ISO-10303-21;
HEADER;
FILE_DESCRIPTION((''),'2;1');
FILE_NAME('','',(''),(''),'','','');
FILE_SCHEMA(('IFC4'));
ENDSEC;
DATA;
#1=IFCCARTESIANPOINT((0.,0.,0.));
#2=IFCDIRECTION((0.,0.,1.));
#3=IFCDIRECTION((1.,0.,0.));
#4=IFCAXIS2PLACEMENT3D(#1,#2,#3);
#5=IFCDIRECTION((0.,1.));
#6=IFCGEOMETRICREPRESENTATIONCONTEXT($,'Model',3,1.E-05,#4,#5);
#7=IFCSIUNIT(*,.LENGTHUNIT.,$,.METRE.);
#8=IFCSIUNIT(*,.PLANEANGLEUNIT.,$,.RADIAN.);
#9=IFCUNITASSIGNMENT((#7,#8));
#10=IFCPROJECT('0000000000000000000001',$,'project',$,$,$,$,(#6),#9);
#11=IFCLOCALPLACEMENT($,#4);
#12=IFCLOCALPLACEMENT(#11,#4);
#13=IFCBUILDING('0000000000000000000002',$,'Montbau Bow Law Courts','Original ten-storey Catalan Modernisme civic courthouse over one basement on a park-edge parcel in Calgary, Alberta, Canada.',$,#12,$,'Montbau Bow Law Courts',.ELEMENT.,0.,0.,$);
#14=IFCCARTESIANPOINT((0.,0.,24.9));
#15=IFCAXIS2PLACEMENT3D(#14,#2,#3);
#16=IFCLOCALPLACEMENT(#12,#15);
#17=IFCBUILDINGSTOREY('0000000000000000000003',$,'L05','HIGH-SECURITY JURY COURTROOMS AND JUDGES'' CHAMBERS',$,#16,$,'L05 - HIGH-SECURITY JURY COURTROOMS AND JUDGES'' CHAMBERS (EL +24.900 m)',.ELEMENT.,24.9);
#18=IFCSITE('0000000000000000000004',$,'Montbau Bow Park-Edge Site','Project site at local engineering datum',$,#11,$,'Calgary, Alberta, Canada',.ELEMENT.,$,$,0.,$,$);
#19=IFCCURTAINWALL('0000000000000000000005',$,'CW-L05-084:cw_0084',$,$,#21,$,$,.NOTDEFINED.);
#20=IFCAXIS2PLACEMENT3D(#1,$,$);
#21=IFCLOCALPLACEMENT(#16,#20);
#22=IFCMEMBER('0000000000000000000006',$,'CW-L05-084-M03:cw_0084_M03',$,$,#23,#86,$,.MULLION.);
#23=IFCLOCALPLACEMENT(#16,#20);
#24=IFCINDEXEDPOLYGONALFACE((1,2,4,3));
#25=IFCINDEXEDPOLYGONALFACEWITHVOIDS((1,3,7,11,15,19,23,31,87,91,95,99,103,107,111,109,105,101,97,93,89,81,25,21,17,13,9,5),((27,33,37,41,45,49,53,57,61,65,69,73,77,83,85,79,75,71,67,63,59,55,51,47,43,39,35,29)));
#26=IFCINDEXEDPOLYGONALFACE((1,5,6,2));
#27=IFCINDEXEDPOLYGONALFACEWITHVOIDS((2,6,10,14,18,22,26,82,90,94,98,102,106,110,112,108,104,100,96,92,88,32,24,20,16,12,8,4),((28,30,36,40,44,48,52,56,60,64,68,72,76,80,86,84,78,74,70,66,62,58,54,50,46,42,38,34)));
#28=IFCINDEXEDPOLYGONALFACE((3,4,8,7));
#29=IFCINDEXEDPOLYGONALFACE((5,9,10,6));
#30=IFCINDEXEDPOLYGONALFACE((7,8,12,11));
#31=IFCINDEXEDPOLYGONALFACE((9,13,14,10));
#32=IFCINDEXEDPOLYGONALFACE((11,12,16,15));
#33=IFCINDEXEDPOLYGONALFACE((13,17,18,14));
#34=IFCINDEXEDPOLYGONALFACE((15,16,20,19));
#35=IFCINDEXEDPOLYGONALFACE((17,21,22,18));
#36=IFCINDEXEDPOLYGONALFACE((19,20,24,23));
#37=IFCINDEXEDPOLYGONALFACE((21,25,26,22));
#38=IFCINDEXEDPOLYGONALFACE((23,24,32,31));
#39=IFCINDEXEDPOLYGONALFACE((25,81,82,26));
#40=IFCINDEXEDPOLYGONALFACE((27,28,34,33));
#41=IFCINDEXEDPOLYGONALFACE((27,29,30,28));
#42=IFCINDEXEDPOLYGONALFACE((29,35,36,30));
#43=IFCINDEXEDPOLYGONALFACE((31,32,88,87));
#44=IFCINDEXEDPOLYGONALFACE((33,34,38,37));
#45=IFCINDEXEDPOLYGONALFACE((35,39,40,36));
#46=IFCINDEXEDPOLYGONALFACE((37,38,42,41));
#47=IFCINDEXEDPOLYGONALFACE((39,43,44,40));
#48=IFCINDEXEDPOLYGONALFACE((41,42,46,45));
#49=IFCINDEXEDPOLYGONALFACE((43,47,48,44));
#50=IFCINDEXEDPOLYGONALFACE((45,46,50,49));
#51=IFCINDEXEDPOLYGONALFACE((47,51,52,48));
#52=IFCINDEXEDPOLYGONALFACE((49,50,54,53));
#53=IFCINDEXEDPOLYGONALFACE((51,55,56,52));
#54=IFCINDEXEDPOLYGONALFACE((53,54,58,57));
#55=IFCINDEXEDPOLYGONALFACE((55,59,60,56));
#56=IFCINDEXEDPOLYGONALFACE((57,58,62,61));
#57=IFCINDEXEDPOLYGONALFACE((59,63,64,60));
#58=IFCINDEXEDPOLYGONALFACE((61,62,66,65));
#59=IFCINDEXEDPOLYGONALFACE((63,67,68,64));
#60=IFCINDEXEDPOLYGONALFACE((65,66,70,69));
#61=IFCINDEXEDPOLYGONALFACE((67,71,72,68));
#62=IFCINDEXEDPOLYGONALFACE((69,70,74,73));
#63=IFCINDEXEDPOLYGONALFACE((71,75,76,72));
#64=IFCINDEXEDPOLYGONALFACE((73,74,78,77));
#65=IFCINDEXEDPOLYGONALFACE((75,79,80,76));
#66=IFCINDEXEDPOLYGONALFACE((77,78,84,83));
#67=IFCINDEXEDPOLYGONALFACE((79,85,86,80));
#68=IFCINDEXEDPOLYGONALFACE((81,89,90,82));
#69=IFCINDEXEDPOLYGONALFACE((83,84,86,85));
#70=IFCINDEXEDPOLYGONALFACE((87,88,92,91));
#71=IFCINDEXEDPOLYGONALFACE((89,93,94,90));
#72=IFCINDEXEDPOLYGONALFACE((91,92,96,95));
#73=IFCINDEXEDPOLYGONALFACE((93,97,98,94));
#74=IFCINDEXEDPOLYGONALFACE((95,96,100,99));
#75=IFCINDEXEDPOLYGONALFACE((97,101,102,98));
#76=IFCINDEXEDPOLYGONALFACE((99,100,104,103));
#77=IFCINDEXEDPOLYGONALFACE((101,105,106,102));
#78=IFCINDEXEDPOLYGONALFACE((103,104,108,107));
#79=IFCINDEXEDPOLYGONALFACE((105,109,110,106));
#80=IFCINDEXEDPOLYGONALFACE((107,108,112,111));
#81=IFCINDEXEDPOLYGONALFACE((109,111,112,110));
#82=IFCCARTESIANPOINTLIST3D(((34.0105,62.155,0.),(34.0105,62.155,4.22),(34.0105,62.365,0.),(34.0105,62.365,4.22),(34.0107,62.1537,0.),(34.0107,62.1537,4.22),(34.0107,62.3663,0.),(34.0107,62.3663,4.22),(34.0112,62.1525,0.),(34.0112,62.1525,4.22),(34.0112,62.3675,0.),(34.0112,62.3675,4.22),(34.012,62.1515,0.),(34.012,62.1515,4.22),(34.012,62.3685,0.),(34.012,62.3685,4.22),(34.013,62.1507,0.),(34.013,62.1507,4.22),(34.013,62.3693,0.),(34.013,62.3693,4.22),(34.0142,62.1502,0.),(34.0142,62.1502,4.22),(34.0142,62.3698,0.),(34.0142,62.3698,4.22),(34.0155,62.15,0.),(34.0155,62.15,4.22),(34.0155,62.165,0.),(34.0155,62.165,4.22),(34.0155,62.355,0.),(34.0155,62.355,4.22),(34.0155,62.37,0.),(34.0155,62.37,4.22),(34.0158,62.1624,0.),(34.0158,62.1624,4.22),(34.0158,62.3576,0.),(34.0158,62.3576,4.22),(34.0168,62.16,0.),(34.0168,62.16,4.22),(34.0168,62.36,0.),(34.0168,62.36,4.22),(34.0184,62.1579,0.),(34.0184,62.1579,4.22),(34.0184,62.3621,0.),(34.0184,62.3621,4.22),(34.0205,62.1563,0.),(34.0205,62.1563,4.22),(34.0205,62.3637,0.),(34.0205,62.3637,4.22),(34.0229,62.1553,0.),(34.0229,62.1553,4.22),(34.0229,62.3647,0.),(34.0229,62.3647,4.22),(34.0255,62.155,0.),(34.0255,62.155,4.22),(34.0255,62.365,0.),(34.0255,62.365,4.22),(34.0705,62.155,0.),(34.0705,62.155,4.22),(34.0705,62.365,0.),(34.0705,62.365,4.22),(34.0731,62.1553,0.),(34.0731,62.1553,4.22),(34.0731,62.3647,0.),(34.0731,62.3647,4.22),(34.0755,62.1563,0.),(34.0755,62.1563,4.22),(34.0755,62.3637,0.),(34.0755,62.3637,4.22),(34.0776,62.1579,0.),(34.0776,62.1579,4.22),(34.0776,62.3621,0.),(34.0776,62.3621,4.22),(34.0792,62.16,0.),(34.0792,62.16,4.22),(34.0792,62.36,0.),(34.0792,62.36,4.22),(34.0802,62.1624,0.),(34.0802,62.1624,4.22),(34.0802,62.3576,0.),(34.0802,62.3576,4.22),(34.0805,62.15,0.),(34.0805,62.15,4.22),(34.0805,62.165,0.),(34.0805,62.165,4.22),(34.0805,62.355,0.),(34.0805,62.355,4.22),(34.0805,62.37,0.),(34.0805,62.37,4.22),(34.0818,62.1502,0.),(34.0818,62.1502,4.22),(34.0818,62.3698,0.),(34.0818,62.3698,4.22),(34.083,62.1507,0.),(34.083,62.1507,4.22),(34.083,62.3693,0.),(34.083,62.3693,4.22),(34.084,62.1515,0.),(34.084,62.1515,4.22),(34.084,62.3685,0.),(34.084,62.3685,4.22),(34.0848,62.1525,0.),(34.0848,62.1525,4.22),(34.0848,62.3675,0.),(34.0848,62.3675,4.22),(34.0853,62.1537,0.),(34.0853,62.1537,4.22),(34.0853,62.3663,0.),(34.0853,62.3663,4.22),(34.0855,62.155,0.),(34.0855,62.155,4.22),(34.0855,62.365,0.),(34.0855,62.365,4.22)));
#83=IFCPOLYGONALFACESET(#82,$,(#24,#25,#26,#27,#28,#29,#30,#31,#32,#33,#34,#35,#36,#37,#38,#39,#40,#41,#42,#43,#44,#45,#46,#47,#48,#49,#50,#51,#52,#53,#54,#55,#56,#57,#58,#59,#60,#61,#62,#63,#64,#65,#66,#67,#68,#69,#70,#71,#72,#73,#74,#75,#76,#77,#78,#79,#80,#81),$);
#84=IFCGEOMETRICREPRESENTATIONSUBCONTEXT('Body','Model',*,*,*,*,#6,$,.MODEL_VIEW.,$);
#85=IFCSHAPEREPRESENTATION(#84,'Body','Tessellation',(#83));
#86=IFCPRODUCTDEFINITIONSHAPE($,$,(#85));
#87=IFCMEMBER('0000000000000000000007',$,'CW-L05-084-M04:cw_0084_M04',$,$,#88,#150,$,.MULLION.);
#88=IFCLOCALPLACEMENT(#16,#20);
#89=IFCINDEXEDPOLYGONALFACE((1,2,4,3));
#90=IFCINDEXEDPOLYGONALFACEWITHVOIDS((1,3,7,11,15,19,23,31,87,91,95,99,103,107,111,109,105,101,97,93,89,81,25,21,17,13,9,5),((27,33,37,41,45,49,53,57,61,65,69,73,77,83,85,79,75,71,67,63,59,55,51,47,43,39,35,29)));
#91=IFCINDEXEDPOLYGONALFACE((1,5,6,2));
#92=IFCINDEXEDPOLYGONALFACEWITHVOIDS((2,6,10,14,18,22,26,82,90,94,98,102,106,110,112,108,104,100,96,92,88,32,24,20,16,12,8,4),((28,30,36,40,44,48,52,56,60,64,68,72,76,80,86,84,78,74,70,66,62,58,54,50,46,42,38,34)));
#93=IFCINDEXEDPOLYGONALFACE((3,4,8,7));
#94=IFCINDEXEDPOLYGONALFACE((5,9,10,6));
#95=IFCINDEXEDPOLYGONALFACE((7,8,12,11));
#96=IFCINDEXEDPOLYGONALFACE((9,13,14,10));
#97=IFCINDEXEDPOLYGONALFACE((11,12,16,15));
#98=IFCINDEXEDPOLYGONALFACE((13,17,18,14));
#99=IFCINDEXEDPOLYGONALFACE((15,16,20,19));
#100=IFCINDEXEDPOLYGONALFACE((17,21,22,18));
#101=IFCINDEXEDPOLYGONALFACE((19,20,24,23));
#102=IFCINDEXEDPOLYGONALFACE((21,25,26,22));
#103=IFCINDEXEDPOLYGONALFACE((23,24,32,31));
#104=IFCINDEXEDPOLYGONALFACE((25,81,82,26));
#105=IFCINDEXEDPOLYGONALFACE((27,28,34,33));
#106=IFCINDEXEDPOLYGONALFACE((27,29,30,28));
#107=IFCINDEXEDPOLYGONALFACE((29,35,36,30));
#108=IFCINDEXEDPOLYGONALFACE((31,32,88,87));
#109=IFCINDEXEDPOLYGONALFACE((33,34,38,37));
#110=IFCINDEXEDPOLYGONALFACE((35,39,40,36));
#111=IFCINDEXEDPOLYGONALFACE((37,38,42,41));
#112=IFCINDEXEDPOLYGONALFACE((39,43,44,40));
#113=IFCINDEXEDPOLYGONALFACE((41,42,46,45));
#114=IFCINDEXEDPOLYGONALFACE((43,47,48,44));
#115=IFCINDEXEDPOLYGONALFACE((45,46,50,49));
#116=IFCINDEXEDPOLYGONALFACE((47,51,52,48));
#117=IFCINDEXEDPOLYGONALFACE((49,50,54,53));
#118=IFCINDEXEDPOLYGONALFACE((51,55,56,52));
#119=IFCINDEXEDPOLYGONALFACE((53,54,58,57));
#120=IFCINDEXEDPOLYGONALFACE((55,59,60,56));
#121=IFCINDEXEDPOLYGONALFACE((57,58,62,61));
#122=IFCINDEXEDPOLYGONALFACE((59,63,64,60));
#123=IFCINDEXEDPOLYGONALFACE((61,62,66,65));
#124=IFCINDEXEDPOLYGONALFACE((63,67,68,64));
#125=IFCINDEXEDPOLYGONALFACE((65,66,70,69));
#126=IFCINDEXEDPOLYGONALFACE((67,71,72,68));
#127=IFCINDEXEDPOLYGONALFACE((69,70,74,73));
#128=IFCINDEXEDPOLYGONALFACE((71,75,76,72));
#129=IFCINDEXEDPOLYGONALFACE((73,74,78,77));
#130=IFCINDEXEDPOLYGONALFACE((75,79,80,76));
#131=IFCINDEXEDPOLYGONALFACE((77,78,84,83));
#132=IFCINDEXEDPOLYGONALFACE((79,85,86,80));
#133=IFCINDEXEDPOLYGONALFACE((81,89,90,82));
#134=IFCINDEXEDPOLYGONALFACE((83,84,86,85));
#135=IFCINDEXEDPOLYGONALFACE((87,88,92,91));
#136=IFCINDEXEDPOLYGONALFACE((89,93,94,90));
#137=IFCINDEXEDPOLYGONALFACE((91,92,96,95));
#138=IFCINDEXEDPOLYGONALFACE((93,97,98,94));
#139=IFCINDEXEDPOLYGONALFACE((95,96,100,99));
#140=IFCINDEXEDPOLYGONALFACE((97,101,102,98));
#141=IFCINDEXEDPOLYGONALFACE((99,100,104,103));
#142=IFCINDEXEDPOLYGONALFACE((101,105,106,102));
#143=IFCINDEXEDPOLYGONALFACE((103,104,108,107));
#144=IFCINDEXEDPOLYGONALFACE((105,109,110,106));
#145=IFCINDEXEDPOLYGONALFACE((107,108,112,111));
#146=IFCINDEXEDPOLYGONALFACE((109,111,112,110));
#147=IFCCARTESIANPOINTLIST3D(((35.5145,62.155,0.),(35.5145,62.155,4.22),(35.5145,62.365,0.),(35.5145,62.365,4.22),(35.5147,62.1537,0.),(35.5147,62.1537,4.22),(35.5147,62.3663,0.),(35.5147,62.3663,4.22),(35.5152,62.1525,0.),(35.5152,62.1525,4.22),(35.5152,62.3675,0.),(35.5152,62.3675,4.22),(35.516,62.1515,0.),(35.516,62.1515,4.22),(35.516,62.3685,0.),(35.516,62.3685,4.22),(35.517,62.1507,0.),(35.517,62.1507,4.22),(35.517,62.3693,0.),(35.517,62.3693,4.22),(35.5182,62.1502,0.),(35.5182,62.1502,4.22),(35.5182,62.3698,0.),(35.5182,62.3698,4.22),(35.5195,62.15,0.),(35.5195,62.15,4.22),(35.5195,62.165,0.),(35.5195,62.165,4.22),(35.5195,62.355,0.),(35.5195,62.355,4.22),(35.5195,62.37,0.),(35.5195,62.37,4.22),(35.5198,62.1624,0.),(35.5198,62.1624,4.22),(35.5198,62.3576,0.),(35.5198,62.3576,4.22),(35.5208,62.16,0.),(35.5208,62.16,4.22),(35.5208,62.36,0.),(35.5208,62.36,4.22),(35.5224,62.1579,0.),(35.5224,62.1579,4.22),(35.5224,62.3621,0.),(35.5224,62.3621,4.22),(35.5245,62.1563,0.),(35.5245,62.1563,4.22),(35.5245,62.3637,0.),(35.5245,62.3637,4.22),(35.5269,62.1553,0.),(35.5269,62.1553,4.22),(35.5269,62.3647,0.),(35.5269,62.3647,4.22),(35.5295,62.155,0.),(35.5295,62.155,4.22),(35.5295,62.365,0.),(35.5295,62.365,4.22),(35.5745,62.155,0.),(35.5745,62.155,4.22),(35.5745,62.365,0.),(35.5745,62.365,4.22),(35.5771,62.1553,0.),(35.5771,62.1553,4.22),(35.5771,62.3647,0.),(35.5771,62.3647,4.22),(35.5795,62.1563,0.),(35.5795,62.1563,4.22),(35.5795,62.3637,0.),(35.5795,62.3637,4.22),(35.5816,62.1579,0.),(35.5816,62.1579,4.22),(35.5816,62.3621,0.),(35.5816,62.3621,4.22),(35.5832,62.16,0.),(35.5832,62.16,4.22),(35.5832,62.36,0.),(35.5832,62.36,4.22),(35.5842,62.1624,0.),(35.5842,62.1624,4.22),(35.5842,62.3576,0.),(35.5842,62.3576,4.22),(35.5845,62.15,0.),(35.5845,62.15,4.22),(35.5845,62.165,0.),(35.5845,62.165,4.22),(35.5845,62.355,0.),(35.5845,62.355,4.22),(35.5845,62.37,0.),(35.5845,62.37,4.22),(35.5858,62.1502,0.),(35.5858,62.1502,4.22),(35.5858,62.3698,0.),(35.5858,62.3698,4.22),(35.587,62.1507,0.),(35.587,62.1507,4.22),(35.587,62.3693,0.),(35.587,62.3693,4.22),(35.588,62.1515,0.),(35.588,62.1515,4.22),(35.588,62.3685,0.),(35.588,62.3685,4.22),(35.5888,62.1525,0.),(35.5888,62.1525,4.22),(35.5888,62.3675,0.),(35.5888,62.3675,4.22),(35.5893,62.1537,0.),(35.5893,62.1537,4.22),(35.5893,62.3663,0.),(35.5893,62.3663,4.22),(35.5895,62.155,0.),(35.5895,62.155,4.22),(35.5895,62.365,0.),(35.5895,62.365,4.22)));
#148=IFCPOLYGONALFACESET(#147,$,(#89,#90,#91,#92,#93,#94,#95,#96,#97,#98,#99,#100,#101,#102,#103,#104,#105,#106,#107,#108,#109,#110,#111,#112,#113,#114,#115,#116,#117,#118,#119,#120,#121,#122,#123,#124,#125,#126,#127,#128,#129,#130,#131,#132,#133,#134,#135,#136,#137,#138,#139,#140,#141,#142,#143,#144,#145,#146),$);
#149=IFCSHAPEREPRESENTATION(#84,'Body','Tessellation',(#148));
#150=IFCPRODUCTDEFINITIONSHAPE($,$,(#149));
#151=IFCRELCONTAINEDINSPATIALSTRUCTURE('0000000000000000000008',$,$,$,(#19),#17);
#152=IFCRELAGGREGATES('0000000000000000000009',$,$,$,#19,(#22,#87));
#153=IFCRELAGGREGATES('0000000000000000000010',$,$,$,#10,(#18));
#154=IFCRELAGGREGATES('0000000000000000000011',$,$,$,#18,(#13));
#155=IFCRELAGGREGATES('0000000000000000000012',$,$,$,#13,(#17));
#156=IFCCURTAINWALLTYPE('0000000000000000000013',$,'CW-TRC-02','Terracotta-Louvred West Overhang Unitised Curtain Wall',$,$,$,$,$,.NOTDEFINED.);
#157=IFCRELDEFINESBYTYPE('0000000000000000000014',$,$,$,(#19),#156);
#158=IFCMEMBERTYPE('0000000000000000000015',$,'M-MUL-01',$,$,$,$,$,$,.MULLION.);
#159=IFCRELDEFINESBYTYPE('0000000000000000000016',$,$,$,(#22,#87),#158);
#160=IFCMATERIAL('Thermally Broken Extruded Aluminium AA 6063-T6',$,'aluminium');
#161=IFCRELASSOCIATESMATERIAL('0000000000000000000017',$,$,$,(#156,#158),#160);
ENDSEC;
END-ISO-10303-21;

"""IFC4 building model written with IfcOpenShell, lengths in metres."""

from ifc_helpers import new_model, si_unit, direction, frame, origin_with_axes, origin_2d_with_axis, place, context, subcontext, project, spatial, hollow_rectangle, extrude, material, material_profile, profile_set, type_object, element, aggregate, save


model = new_model("IFC4")

# Units and contexts
model_context = context("Model", 3, precision=1e-05, world=origin_with_axes(), true_north=direction((0.0, 1.0)))
body_context = subcontext(model_context, "Body", "Model", "MODEL_VIEW")
ifc_project = project(units=[si_unit("LENGTHUNIT", "METRE"), si_unit("PLANEANGLEUNIT", "RADIAN")], contexts=[model_context])

# Site, building, storey
site_placement = place(None, origin_with_axes())
site = spatial("IfcSite", under=ifc_project, at=site_placement, Name="Montbau Bow Park-Edge Site", Description="Project site at local engineering datum", LongName="Calgary, Alberta, Canada", CompositionType="ELEMENT", RefElevation=0.0)
building_placement = place(site_placement, origin_with_axes())
building = spatial("IfcBuilding", under=site, at=building_placement, Name="Montbau Bow Law Courts", Description="Original ten-storey Catalan Modernisme civic courthouse over one basement on a park-edge parcel in Calgary, Alberta, Canada.", LongName="Montbau Bow Law Courts", CompositionType="ELEMENT", ElevationOfRefHeight=0.0, ElevationOfTerrain=0.0)
storey_placement = place(building_placement, frame((0.0, 0.0, 24.9), z_axis=(0.0, 0.0, 1.0), x_axis=(1.0, 0.0, 0.0)))
storey = spatial("IfcBuildingStorey", under=building, at=storey_placement, Name="L05", Description="HIGH-SECURITY JURY COURTROOMS AND JUDGES' CHAMBERS", LongName="L05 - HIGH-SECURITY JURY COURTROOMS AND JUDGES' CHAMBERS (EL +24.900 m)", CompositionType="ELEMENT", Elevation=24.9)

# Curtain wall, members
ifc_material_1 = material(Name="Thermally Broken Extruded Aluminium AA 6063-T6", Category="aluminium")
curtain_wall_type = type_object("IfcCurtainWallType", Name="CW-TRC-02", Description="Terracotta-Louvred West Overhang Unitised Curtain Wall", PredefinedType="NOTDEFINED", material=ifc_material_1)
curtain_wall_placement = place(None, frame((31.04, 62.26, 24.9), z_axis=(0.0, 0.0, 1.0), x_axis=(1.0, 0.0, 0.0)))
curtain_wall = element("IfcCurtainWall", 1, at=curtain_wall_placement, inside=storey, type_object=curtain_wall_type, Name="CW-L05-084:cw_0084", PredefinedType="NOTDEFINED")
ifc_material_profile_1 = material_profile(ifc_material_1, hollow_rectangle(XDim=0.075, YDim=0.22, WallThickness=0.005, InnerFilletRadius=0.01, OuterFilletRadius=0.005, at=origin_2d_with_axis()), Name="CWM-220X75", Category="Main", Priority=0)
ifc_profile_set_1 = profile_set([ifc_material_profile_1], Name="Thermally Broken Extruded Aluminium AA 6063-T6")
member_type_1 = type_object("IfcMemberType", Name="M-MUL-01", PredefinedType="MULLION", material=ifc_profile_set_1)
member_1_placement = place(None, frame((34.048, 62.26, 24.9), z_axis=(0.0, 0.0, 1.0), x_axis=(1.0, 0.0, 0.0)))
member_1 = element("IfcMember", 2, at=member_1_placement, type_object=member_type_1, Name="CW-L05-084-M03:cw_0084_M03", PredefinedType="MULLION", context=body_context, shape_type="SweptSolid", body=[
    extrude(hollow_rectangle(XDim=0.075, YDim=0.22, WallThickness=0.005, InnerFilletRadius=0.01, OuterFilletRadius=0.005, at=origin_2d_with_axis()), origin_with_axes(), (0.0, 0.0, 1.0), 4.22),
])
member_2_placement = place(None, frame((35.552, 62.26, 24.9), z_axis=(0.0, 0.0, 1.0), x_axis=(1.0, 0.0, 0.0)))
member_2 = element("IfcMember", 3, at=member_2_placement, type_object=member_type_1, Name="CW-L05-084-M04:cw_0084_M04", PredefinedType="MULLION", context=body_context, shape_type="SweptSolid", body=[
    extrude(hollow_rectangle(XDim=0.075, YDim=0.22, WallThickness=0.005, InnerFilletRadius=0.01, OuterFilletRadius=0.005, at=origin_2d_with_axis()), origin_with_axes(), (0.0, 0.0, 1.0), 4.22),
])
aggregate(curtain_wall, [member_1, member_2])

save(model, "model.ifc")
